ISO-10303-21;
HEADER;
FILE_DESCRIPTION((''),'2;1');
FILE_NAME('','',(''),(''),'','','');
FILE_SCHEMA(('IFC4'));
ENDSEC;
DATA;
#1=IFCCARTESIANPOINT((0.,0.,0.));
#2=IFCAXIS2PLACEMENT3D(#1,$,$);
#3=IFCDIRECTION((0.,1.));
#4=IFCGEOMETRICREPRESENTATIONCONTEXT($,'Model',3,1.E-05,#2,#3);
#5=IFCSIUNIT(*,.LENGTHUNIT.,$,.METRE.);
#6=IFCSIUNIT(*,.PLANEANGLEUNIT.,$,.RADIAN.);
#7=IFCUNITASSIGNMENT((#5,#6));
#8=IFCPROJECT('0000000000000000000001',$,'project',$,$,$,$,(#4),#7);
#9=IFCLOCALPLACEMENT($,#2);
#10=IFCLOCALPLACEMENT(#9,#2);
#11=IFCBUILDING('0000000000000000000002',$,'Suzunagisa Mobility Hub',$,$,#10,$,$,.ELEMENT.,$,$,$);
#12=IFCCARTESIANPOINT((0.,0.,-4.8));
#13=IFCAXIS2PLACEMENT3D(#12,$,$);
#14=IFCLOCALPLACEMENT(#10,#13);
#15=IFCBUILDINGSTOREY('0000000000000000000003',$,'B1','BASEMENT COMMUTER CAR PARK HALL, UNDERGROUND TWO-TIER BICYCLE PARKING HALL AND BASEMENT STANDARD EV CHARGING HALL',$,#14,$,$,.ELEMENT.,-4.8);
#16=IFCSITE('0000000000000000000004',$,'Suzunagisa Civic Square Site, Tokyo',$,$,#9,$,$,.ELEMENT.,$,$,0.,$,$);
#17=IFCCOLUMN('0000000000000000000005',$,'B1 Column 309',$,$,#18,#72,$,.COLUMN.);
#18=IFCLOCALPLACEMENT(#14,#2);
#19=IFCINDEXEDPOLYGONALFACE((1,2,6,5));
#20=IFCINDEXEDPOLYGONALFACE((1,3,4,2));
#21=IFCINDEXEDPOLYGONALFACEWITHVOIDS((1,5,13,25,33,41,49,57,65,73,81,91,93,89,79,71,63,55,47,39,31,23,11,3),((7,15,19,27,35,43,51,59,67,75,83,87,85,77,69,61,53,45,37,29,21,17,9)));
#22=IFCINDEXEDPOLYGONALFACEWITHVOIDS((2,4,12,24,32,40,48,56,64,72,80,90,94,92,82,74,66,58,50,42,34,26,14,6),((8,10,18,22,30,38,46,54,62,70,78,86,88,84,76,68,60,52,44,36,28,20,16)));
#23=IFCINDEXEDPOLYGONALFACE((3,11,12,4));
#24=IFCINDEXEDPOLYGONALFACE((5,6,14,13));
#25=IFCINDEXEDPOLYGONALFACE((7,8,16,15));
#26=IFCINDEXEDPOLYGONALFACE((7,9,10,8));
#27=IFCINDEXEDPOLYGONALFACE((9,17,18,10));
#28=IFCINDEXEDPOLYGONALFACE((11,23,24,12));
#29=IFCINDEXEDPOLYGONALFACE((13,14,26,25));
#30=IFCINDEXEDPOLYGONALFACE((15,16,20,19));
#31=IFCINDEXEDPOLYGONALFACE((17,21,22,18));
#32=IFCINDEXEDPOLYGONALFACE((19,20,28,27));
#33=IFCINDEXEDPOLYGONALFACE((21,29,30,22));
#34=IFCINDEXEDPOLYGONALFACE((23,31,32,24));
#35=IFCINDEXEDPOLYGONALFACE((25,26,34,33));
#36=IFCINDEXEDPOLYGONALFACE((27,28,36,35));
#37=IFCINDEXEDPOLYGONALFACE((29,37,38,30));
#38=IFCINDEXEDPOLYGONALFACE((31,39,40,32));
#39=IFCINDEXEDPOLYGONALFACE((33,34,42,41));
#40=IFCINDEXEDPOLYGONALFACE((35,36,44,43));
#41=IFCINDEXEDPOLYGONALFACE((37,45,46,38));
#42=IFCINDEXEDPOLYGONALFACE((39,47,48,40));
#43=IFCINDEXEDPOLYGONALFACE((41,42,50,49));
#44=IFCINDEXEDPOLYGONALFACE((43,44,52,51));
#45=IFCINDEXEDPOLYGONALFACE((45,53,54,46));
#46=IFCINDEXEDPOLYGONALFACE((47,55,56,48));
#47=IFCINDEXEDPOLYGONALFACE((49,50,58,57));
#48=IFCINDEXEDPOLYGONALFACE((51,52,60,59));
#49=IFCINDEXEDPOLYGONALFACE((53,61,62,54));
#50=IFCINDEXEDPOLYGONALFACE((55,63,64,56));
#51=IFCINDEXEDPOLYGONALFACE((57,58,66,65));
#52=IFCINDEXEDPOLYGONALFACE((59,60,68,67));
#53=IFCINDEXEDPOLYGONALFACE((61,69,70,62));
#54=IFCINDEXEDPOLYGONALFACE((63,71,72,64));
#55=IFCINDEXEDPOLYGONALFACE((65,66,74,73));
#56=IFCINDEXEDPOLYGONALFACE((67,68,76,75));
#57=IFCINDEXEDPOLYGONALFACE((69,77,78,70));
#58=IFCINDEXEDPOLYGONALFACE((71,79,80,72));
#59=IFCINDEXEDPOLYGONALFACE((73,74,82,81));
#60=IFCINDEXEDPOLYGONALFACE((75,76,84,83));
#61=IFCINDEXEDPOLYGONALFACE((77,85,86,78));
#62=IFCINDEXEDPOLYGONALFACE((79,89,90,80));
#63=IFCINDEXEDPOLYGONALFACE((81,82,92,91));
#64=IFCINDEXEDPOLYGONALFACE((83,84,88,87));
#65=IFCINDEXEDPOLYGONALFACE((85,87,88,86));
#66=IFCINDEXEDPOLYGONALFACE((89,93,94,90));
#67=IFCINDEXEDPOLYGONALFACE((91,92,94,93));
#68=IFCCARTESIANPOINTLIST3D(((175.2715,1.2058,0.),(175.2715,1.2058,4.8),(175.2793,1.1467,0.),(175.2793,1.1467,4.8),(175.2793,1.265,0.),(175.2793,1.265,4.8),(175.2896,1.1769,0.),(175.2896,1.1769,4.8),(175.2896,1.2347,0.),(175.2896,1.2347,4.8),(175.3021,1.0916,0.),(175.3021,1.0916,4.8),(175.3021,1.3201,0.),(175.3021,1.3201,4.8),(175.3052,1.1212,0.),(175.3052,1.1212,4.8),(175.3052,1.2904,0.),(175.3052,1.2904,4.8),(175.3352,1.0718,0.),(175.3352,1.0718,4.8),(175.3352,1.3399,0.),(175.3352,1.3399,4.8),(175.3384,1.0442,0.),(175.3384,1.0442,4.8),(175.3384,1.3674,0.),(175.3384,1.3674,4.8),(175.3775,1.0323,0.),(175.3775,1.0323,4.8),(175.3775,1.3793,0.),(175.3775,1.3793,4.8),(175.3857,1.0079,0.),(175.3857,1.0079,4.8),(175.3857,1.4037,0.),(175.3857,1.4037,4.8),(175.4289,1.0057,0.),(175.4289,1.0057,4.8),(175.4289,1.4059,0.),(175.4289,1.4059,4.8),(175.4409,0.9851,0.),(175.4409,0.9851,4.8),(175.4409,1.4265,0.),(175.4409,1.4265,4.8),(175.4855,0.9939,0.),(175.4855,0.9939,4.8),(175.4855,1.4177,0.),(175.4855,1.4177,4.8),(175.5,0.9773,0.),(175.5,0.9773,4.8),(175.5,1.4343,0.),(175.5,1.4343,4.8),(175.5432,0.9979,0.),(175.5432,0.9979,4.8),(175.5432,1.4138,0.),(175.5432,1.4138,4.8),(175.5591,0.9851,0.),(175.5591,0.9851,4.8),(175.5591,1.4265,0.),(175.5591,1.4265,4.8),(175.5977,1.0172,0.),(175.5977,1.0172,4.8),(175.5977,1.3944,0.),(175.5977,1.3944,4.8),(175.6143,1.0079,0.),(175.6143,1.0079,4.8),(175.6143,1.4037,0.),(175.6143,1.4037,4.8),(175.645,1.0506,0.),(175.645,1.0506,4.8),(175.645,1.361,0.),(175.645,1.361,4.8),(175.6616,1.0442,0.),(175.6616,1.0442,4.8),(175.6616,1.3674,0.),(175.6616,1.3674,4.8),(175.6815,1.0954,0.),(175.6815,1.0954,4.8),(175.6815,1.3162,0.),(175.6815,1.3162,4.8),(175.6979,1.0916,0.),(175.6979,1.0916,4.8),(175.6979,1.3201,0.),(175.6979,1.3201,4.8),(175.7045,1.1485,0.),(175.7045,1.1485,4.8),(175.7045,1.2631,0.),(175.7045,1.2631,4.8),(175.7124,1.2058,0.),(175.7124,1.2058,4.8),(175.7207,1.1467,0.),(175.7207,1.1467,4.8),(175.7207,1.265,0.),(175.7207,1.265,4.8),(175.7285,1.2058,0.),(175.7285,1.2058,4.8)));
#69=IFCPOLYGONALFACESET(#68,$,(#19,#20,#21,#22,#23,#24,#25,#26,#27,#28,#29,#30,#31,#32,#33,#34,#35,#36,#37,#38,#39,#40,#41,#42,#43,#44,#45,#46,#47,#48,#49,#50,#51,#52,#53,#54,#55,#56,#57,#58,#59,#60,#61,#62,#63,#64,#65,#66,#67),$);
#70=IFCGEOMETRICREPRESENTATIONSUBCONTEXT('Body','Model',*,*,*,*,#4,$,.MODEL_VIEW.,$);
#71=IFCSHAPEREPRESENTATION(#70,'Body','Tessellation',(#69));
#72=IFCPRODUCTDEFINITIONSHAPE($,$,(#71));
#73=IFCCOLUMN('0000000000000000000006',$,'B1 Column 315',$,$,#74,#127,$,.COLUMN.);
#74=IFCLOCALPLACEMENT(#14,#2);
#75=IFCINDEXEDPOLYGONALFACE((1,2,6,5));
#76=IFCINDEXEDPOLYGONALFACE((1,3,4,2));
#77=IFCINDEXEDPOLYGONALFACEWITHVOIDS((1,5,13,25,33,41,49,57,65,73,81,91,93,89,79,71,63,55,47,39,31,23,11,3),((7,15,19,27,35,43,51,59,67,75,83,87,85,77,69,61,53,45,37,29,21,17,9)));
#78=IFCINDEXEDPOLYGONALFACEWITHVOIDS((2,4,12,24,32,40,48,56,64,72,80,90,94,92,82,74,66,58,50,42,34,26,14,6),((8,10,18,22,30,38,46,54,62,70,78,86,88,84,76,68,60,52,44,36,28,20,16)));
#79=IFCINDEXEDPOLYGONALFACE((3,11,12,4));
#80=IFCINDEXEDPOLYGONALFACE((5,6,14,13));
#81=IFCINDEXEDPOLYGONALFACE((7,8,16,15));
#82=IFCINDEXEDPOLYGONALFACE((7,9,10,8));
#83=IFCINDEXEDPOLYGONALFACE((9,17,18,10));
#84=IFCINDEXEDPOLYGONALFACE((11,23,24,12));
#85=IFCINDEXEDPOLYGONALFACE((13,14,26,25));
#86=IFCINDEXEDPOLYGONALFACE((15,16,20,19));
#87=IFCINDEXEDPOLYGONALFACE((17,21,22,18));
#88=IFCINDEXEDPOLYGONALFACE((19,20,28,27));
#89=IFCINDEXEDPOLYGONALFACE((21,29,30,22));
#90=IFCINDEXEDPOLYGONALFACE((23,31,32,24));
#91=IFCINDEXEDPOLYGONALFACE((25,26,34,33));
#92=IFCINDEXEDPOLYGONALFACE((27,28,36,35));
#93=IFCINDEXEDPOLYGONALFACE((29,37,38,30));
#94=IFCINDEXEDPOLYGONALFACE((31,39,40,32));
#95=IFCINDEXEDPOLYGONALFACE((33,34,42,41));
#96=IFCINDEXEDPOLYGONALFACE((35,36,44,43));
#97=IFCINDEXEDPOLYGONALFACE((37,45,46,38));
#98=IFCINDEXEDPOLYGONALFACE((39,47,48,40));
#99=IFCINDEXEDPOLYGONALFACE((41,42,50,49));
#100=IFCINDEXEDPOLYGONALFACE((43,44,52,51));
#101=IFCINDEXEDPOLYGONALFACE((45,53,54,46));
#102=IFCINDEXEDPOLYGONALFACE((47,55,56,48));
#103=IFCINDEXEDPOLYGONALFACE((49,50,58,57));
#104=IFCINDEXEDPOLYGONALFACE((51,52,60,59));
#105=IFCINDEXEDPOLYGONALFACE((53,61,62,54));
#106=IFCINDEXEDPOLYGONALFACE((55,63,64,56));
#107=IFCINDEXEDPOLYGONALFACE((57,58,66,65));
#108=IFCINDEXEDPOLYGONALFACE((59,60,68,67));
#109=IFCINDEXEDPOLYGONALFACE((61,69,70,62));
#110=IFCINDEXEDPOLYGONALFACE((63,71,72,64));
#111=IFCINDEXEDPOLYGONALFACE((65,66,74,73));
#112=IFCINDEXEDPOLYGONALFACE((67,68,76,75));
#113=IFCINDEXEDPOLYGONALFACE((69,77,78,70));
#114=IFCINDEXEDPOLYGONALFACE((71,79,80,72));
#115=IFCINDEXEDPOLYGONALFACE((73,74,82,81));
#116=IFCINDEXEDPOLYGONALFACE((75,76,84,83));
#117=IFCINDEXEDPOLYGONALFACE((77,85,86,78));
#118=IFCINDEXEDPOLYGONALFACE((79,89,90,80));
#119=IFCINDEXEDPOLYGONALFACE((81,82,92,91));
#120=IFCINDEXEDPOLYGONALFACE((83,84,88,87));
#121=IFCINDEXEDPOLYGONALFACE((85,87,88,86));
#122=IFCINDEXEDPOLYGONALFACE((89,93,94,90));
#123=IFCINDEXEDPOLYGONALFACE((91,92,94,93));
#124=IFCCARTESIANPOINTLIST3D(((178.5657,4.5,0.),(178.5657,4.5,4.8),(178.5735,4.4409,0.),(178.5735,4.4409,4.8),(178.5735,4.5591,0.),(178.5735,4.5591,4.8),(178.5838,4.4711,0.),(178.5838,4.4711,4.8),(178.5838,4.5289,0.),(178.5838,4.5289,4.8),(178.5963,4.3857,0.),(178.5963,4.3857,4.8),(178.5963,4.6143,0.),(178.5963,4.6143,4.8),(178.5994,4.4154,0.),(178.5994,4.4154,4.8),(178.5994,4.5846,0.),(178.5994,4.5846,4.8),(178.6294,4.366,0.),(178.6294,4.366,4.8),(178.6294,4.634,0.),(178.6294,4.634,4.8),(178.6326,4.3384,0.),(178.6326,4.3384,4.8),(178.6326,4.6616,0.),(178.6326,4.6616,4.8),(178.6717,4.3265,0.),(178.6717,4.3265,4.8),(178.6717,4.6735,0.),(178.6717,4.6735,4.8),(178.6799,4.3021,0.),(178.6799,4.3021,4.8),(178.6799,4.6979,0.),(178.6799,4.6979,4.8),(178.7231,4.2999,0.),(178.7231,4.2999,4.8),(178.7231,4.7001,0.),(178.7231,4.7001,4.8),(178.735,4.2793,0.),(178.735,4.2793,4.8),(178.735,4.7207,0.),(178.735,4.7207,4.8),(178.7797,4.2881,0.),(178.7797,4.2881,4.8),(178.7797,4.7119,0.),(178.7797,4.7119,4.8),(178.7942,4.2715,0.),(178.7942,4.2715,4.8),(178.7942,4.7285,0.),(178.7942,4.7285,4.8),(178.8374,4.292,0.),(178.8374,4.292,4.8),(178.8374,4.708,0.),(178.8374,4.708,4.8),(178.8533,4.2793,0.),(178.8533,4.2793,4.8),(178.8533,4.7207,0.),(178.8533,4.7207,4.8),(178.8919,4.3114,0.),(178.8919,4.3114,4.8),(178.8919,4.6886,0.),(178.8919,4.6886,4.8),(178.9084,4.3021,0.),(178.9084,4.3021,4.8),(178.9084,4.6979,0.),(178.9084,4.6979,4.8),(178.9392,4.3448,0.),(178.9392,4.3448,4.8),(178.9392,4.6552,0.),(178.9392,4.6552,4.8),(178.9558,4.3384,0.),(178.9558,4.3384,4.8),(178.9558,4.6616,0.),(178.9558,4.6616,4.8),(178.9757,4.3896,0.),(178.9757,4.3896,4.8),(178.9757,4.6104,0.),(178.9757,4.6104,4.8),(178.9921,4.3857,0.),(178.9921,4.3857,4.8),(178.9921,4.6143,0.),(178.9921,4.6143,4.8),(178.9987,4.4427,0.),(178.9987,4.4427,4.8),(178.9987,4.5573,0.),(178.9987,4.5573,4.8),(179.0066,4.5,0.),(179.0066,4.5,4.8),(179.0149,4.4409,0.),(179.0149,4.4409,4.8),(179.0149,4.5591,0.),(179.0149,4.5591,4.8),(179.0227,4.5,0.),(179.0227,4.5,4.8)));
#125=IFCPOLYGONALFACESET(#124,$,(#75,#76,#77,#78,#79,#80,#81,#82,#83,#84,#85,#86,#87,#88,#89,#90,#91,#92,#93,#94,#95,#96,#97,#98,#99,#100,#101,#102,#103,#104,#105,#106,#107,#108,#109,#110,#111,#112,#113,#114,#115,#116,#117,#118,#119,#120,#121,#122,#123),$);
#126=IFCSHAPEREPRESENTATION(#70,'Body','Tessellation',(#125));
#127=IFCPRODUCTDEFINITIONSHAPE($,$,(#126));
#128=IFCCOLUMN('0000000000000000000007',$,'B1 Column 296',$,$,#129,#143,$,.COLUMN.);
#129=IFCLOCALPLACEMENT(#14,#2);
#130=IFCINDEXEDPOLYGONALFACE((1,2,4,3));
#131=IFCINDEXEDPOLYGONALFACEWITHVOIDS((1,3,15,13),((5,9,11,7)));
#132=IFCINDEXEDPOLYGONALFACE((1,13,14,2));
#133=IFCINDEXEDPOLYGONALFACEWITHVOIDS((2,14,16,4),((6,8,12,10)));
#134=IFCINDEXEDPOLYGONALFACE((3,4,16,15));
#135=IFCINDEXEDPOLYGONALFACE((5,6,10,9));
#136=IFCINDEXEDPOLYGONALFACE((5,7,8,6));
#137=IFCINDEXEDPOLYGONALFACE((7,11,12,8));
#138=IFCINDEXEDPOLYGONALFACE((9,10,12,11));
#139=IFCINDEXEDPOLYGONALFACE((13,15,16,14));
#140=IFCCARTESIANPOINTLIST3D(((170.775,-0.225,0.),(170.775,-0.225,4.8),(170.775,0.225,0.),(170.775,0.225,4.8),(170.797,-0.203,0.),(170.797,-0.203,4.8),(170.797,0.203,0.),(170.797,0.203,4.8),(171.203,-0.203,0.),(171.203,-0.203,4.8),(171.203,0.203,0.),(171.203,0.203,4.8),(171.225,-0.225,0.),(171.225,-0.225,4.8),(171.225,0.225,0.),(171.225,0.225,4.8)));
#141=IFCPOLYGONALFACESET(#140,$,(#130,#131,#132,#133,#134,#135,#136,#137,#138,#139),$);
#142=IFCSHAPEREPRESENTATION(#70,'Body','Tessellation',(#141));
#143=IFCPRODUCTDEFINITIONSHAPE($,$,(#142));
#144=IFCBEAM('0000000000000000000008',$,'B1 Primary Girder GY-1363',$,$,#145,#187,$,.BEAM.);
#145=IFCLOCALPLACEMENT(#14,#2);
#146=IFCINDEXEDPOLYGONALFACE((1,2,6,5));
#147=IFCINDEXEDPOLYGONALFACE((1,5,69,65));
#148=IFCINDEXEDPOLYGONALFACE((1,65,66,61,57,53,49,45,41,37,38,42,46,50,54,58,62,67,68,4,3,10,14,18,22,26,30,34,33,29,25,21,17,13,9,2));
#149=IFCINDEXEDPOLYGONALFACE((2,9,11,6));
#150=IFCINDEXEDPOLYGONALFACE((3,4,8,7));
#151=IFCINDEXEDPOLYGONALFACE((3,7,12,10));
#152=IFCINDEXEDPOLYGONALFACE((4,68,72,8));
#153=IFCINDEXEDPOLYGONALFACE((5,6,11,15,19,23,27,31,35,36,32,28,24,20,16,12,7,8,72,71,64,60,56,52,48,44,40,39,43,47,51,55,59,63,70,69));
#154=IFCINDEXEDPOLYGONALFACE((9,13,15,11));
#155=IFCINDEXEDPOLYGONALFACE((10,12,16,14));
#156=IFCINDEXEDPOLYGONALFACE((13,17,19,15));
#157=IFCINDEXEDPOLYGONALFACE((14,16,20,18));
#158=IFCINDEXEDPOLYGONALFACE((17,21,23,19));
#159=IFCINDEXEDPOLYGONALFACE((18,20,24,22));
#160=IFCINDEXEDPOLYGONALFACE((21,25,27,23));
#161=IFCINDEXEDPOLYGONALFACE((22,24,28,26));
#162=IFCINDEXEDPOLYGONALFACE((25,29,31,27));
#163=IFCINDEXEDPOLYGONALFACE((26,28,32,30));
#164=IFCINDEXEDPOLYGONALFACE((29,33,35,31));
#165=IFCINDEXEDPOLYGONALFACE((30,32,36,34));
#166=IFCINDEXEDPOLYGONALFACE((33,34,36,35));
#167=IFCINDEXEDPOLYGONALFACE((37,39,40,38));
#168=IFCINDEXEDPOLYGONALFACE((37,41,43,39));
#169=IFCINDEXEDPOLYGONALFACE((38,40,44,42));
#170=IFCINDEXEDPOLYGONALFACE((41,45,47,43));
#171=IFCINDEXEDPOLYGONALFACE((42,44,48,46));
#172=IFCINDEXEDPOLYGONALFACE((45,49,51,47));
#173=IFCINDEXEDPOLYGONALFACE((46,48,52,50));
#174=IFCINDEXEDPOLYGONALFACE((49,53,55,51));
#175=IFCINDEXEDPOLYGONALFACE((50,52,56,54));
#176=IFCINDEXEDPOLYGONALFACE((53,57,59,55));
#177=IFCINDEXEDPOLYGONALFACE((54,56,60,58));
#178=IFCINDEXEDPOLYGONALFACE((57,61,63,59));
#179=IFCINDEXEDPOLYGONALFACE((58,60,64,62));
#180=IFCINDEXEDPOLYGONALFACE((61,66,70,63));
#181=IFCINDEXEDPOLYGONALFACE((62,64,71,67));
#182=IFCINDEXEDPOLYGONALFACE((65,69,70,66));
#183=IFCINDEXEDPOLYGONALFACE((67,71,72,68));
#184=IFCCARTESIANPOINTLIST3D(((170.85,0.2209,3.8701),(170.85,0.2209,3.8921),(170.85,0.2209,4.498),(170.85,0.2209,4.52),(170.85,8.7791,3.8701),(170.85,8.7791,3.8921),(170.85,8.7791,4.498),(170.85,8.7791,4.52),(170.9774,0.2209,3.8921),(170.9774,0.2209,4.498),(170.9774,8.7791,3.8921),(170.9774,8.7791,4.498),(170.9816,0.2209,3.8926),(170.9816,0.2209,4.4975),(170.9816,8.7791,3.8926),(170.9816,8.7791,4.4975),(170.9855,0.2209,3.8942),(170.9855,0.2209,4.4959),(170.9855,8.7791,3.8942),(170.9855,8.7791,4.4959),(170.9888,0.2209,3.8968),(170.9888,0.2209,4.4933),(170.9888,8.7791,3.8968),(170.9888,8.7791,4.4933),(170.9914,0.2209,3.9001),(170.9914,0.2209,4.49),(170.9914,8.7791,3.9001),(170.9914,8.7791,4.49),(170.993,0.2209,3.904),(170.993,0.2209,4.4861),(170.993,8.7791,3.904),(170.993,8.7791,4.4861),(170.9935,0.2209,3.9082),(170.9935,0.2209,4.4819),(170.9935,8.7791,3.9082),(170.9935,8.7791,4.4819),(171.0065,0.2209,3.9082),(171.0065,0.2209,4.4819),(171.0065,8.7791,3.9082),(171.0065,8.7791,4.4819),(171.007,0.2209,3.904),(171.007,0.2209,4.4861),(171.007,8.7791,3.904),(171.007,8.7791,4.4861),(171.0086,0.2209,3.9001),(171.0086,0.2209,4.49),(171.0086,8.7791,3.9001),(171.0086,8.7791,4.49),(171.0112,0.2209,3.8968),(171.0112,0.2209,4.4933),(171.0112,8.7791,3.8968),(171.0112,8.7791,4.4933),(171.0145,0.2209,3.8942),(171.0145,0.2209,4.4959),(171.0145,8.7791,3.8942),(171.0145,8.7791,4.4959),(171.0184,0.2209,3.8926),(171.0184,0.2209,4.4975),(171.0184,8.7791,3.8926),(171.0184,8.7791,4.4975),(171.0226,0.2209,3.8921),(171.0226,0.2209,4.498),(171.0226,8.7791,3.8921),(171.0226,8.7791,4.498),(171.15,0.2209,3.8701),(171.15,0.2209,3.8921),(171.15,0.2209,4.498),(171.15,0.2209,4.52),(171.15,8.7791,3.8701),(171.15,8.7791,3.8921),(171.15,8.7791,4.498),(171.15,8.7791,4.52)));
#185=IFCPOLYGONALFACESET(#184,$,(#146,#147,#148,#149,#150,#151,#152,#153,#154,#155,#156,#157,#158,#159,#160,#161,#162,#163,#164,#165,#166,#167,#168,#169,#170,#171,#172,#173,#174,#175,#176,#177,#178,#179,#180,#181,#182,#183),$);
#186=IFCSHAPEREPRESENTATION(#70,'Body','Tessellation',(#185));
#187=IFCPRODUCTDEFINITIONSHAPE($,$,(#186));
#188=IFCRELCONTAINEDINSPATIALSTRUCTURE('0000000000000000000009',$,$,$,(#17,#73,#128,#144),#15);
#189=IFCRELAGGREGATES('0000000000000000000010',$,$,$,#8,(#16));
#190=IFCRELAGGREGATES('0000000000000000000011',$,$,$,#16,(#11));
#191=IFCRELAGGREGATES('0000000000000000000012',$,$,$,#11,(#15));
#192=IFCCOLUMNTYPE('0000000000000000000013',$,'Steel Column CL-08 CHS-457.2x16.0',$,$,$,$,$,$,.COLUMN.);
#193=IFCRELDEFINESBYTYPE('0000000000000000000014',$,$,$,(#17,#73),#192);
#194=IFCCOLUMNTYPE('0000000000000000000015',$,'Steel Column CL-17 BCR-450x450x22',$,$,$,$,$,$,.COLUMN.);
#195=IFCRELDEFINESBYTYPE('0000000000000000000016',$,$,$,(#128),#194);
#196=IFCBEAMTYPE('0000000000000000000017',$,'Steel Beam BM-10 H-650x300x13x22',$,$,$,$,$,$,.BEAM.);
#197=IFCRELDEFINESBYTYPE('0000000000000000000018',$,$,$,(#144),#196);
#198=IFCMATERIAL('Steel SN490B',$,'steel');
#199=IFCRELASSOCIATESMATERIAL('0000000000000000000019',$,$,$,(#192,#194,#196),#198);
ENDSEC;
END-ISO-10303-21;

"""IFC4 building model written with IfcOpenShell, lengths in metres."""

from ifc_helpers import new_model, si_unit, direction, frame, origin, origin_2d, place, context, subcontext, project, spatial, hollow_rectangle, hollow_circle, i_section, extrude, material, material_profile, profile_set, type_object, element, save


model = new_model("IFC4")

# Units and contexts
model_context = context("Model", 3, precision=1e-05, world=origin(), true_north=direction((0.0, 1.0)))
body_context = subcontext(model_context, "Body", "Model", "MODEL_VIEW")
ifc_project = project(units=[si_unit("LENGTHUNIT", "METRE"), si_unit("PLANEANGLEUNIT", "RADIAN")], contexts=[model_context])

# Site, building, storey
site_placement = place(None, origin())
site = spatial("IfcSite", under=ifc_project, at=site_placement, Name="Suzunagisa Civic Square Site, Tokyo", CompositionType="ELEMENT", RefElevation=0.0)
building_placement = place(site_placement, origin())
building = spatial("IfcBuilding", under=site, at=building_placement, Name="Suzunagisa Mobility Hub", CompositionType="ELEMENT")
storey_placement = place(building_placement, frame((0.0, 0.0, -4.8)))
storey = spatial("IfcBuildingStorey", under=building, at=storey_placement, Name="B1", Description="BASEMENT COMMUTER CAR PARK HALL, UNDERGROUND TWO-TIER BICYCLE PARKING HALL AND BASEMENT STANDARD EV CHARGING HALL", CompositionType="ELEMENT", Elevation=-4.8)

# Columns
ifc_material_1 = material(Name="Steel SN490B", Category="steel")
ifc_material_profile_1 = material_profile(ifc_material_1, hollow_circle(Radius=0.2285, WallThickness=0.0161, at=origin_2d()), Name="CHS-457.2x16.0")
ifc_profile_set_1 = profile_set([ifc_material_profile_1], Name="Steel SN490B")
column_type_1 = type_object("IfcColumnType", Name="Steel Column CL-08 CHS-457.2x16.0", PredefinedType="COLUMN", material=ifc_profile_set_1)
for number, where, z_axis, x_axis, name in (
    (1, (175.5, 1.2058, 0.0), (0.0, 0.0, 1.0), (1.0, 0.0, 0.0), "B1 Column 309"),
    (2, (178.7942, 4.5, 0.0), (0.0, 0.0, 1.0), (1.0, 0.0, 0.0), "B1 Column 315"),
):
    element("IfcColumn", number, at=place(storey_placement, frame(where, z_axis=z_axis, x_axis=x_axis)), inside=storey, type_object=column_type_1, Name=name, PredefinedType="COLUMN", context=body_context, shape_type="SweptSolid", body=[
        extrude(hollow_circle(Radius=0.2285, WallThickness=0.0161, at=origin_2d()), origin(), (0.0, 0.0, 1.0), 4.8),
    ])
ifc_material_profile_2 = material_profile(ifc_material_1, hollow_rectangle(XDim=0.45, YDim=0.45, WallThickness=0.022, at=origin_2d()), Name="BCR-450x450x22")
ifc_profile_set_2 = profile_set([ifc_material_profile_2], Name="Steel SN490B")
column_type_2 = type_object("IfcColumnType", Name="Steel Column CL-17 BCR-450x450x22", PredefinedType="COLUMN", material=ifc_profile_set_2)
column_placement = place(storey_placement, frame((171.0, 0.0, 0.0), z_axis=(0.0, 0.0, 1.0), x_axis=(1.0, 0.0, 0.0)))
element("IfcColumn", 3, at=column_placement, inside=storey, type_object=column_type_2, Name="B1 Column 296", PredefinedType="COLUMN", context=body_context, shape_type="SweptSolid", body=[
    extrude(hollow_rectangle(XDim=0.45, YDim=0.45, WallThickness=0.022, at=origin_2d()), origin(), (0.0, 0.0, 1.0), 4.8),
])

# Beam
ifc_material_profile_3 = material_profile(ifc_material_1, i_section(OverallWidth=0.3, OverallDepth=0.6499, WebThickness=0.0129, FlangeThickness=0.022, FilletRadius=0.0161, at=origin_2d()), Name="H-650x300x13x22")
ifc_profile_set_3 = profile_set([ifc_material_profile_3], Name="Steel SN490B")
beam_type_1 = type_object("IfcBeamType", Name="Steel Beam BM-10 H-650x300x13x22", PredefinedType="BEAM", material=ifc_profile_set_3)
beam_1_placement = place(storey_placement, frame((171.0, 0.2209, 4.1951), z_axis=(0.0, 1.0, 0.0), x_axis=(-1.0, 0.0, 0.0)))
element("IfcBeam", 4, at=beam_1_placement, inside=storey, type_object=beam_type_1, Name="B1 Primary Girder GY-1363", PredefinedType="BEAM", context=body_context, shape_type="SweptSolid", body=[
    extrude(i_section(OverallWidth=0.3, OverallDepth=0.6499, WebThickness=0.0129, FlangeThickness=0.022, FilletRadius=0.0161, at=origin_2d()), origin(), (0.0, 0.0, 1.0), 8.5581),
])

save(model, "model.ifc")
